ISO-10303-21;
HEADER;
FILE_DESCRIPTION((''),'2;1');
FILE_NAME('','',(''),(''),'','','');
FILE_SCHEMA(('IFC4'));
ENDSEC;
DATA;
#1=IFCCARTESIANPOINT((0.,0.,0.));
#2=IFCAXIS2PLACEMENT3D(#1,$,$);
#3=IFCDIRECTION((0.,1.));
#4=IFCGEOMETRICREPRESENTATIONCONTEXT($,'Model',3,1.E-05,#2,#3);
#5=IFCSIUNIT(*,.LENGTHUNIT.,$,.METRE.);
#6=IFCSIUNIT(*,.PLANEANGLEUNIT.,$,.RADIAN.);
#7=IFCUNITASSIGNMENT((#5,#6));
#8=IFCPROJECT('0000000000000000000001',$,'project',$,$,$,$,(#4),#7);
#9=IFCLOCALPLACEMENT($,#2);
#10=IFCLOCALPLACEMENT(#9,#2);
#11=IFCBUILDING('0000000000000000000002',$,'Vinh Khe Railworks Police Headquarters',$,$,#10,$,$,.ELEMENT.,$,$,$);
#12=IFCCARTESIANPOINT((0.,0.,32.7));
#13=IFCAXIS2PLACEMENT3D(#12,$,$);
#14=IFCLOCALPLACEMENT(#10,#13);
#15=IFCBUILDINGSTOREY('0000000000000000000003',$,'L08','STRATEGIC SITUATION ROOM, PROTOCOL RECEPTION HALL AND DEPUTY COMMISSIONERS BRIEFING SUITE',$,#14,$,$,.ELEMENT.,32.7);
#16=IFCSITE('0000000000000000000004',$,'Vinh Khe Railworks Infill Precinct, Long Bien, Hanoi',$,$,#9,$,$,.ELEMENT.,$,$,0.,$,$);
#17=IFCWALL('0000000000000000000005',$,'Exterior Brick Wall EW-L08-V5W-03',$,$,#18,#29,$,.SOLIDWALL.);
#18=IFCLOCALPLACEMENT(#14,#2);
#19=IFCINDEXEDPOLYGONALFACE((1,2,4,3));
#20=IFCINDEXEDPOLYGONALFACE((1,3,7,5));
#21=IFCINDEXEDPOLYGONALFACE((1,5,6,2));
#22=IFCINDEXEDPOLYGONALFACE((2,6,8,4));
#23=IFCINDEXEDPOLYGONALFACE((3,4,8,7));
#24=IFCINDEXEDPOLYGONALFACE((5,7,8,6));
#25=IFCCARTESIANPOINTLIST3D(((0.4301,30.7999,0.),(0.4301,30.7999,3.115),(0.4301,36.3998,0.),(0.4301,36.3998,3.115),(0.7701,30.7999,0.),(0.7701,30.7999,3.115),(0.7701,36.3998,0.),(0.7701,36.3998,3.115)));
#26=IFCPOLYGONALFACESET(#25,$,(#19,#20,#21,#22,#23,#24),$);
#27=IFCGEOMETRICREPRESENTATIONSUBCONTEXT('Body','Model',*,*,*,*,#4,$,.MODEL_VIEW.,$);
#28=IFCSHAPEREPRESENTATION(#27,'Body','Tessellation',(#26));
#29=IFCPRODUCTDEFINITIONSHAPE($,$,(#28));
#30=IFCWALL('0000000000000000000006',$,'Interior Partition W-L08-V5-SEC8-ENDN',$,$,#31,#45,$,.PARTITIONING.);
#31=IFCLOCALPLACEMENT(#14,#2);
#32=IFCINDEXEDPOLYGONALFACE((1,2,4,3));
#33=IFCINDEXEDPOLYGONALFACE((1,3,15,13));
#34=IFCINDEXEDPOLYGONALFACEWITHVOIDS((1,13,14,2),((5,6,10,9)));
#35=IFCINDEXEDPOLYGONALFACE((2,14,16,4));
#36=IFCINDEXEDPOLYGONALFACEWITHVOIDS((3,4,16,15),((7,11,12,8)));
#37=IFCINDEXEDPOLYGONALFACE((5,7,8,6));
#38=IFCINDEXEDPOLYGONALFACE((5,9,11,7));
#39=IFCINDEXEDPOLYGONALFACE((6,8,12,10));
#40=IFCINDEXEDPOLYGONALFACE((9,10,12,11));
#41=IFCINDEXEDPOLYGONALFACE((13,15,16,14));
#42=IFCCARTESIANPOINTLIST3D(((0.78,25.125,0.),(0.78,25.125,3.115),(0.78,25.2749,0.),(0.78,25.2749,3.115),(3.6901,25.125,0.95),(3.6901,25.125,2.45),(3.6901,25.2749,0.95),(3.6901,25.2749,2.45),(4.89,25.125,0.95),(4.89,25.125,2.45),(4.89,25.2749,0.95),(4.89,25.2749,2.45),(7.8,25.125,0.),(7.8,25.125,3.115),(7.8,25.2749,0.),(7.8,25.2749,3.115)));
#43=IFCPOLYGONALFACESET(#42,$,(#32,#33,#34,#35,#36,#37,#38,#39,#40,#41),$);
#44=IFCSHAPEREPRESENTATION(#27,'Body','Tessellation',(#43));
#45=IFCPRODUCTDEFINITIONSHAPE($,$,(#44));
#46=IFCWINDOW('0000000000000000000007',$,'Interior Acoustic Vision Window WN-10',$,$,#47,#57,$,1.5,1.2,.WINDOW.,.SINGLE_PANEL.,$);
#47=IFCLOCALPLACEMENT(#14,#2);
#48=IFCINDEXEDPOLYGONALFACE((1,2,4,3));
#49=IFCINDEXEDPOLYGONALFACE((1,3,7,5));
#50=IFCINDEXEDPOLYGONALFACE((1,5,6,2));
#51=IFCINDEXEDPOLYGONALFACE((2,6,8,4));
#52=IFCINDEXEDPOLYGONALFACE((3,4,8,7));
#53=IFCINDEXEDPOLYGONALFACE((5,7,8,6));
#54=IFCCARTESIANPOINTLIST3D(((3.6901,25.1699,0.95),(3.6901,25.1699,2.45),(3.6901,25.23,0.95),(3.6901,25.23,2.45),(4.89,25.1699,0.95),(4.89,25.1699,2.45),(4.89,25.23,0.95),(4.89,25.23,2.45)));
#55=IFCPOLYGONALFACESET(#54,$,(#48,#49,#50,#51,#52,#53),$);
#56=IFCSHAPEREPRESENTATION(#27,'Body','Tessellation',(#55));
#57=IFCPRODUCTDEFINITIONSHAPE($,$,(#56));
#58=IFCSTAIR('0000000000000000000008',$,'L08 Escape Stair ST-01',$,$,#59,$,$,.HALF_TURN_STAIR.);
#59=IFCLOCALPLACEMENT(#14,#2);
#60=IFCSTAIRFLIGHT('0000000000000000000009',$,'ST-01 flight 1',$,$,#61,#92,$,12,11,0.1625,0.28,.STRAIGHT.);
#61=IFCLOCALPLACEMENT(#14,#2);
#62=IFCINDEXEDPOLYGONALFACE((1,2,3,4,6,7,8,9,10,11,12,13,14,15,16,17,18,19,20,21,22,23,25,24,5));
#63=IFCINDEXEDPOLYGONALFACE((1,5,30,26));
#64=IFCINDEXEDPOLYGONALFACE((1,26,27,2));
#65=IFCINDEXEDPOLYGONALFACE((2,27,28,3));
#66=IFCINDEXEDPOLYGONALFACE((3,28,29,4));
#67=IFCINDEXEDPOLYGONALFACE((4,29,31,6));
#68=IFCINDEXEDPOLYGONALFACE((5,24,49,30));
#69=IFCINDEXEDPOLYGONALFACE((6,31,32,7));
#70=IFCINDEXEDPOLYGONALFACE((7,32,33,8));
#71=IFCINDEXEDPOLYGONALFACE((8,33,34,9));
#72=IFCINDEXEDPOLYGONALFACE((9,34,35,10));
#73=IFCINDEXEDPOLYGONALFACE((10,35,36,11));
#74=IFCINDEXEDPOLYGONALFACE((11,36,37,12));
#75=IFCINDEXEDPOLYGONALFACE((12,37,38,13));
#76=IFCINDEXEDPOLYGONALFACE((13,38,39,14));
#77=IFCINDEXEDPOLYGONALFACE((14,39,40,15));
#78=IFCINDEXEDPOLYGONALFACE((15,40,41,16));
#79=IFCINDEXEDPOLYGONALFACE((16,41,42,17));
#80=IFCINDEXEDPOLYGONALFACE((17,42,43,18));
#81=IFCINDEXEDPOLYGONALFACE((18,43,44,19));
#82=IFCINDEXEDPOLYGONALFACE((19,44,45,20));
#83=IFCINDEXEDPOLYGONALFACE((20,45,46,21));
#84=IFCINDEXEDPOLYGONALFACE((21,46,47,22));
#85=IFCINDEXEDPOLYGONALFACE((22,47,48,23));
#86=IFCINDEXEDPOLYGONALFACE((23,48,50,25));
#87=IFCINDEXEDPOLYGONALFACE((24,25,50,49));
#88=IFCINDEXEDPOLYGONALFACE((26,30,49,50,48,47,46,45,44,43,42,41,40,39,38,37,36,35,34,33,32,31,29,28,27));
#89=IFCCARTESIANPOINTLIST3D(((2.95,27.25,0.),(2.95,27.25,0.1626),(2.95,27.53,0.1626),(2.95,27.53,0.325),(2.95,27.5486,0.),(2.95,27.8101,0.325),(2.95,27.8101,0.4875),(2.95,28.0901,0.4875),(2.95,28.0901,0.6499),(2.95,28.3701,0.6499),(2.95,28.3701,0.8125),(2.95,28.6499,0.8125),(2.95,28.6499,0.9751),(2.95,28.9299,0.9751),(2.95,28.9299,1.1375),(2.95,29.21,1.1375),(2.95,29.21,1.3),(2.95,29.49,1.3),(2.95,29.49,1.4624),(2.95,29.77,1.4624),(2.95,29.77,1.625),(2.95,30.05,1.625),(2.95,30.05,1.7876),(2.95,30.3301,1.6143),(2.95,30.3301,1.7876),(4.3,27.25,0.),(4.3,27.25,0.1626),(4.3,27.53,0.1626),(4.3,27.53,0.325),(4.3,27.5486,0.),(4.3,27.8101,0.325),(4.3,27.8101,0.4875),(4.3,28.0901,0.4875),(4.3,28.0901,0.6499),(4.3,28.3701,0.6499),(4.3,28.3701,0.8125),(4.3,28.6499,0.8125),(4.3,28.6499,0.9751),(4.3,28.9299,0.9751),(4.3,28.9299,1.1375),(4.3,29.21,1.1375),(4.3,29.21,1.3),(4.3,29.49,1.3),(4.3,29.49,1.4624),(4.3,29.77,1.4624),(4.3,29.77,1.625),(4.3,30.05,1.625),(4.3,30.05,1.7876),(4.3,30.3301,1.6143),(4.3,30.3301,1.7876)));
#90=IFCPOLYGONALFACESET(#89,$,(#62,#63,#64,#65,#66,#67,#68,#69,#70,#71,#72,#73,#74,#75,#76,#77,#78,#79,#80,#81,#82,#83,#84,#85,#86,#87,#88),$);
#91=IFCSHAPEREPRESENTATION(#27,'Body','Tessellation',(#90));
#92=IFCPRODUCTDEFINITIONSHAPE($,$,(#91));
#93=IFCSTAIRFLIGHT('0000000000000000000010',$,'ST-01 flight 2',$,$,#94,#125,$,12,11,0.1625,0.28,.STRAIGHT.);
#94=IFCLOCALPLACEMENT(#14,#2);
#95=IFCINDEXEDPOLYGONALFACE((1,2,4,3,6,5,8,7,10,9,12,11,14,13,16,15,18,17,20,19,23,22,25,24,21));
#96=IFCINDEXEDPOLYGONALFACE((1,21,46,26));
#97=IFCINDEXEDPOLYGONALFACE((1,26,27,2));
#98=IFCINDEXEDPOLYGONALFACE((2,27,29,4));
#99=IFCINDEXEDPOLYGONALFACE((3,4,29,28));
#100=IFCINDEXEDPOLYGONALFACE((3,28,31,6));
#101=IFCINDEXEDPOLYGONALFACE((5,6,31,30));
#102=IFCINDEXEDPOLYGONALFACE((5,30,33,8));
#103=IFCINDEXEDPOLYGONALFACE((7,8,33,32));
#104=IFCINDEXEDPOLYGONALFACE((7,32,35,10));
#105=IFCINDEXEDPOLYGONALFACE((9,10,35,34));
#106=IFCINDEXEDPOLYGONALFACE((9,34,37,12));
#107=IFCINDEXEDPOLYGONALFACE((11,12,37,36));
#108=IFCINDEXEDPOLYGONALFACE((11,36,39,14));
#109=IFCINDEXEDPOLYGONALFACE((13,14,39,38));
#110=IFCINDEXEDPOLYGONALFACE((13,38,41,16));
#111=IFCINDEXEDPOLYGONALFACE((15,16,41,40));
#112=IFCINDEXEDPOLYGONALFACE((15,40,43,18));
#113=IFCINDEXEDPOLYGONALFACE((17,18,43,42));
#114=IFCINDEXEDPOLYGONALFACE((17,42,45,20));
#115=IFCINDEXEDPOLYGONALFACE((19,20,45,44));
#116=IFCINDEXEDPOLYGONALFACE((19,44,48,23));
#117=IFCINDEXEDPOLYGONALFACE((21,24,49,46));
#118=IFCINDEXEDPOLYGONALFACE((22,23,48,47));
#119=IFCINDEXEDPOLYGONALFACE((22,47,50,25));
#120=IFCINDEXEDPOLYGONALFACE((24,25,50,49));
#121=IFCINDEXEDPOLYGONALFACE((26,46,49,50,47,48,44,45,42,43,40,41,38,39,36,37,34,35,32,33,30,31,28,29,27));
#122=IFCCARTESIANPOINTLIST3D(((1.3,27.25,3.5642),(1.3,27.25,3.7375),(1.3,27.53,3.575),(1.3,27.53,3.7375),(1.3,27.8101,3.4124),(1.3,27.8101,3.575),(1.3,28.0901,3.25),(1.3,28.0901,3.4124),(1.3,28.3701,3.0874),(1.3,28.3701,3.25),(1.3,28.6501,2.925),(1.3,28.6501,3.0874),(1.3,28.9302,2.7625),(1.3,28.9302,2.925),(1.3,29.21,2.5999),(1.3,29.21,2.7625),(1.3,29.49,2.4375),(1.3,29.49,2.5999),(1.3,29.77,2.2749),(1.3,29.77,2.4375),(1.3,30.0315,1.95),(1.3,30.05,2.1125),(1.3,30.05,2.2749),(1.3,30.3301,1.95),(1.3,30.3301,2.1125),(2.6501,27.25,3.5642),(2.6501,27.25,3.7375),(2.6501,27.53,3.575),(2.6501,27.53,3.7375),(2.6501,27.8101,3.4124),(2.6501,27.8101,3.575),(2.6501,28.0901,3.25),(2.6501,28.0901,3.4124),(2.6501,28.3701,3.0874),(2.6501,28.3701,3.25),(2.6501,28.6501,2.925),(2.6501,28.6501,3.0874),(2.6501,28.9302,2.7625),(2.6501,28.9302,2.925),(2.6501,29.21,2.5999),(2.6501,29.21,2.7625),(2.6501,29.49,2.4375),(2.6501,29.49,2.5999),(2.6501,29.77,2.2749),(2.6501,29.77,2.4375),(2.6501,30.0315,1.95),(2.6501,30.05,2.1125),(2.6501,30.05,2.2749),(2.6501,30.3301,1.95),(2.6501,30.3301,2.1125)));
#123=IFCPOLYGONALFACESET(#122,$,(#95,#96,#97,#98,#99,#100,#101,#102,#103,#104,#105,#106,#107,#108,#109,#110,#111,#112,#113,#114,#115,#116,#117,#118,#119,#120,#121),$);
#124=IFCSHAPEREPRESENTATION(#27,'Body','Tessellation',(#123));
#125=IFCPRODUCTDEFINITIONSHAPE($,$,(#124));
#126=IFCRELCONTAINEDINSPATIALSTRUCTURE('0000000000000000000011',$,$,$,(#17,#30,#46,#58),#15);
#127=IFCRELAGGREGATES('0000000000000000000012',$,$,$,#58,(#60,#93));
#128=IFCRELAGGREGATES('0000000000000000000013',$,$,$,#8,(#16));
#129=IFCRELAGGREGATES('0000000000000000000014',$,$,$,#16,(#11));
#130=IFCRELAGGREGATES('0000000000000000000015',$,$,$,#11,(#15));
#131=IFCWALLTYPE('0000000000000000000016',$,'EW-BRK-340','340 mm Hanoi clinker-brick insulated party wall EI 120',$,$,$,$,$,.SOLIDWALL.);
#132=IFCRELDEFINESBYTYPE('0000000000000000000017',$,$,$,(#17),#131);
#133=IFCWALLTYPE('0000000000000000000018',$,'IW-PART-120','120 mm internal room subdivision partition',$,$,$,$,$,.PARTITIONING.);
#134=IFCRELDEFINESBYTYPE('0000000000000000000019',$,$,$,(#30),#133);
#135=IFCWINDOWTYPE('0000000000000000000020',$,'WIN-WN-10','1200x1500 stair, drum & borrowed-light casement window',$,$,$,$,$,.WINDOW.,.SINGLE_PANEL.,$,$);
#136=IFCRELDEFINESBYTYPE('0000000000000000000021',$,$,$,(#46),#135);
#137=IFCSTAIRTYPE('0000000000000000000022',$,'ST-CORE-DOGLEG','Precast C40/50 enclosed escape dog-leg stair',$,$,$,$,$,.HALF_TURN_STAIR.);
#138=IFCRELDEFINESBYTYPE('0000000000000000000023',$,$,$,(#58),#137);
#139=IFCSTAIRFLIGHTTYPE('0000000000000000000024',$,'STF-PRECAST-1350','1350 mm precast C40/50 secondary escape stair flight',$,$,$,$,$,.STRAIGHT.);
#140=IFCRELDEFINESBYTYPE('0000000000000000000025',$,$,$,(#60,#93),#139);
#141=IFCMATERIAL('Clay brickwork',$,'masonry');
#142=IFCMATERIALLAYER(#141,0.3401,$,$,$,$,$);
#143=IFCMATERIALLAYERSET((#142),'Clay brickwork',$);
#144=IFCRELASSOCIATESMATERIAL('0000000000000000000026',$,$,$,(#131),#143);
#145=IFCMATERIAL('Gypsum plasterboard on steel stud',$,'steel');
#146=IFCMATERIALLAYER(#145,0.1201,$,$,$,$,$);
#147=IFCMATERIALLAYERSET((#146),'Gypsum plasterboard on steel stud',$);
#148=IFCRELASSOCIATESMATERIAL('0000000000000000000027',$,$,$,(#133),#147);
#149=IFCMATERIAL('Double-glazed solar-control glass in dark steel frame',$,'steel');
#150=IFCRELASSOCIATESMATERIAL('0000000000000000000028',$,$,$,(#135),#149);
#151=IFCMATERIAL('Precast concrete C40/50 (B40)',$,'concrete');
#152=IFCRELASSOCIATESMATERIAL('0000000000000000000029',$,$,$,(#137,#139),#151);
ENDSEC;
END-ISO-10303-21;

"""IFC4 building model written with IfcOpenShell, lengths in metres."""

from ifc_helpers import new_model, si_unit, direction, frame, frame_2d, origin, place, context, subcontext, project, spatial, polyline, rectangle, outline, extrude, material, layer, layer_set, type_object, element, fill, aggregate, save


model = new_model("IFC4")

# Units and contexts
model_context = context("Model", 3, precision=1e-05, world=origin(), true_north=direction((0.0, 1.0)))
body_context = subcontext(model_context, "Body", "Model", "MODEL_VIEW")
ifc_project = project(units=[si_unit("LENGTHUNIT", "METRE"), si_unit("PLANEANGLEUNIT", "RADIAN")], contexts=[model_context])

# Site, building, storey
site_placement = place(None, origin())
site = spatial("IfcSite", under=ifc_project, at=site_placement, Name="Vinh Khe Railworks Infill Precinct, Long Bien, Hanoi", CompositionType="ELEMENT", RefElevation=0.0)
building_placement = place(site_placement, origin())
building = spatial("IfcBuilding", under=site, at=building_placement, Name="Vinh Khe Railworks Police Headquarters", CompositionType="ELEMENT")
storey_placement = place(building_placement, frame((0.0, 0.0, 32.7)))
storey = spatial("IfcBuildingStorey", under=building, at=storey_placement, Name="L08", Description="STRATEGIC SITUATION ROOM, PROTOCOL RECEPTION HALL AND DEPUTY COMMISSIONERS BRIEFING SUITE", CompositionType="ELEMENT", Elevation=32.7)

# Wall
ifc_material_1 = material(Name="Clay brickwork", Category="masonry")
ifc_layer_1 = layer(ifc_material_1, 0.3401)
ifc_layer_set_1 = layer_set([ifc_layer_1], Name="Clay brickwork")
wall_type_1 = type_object("IfcWallType", Name="EW-BRK-340", Description="340 mm Hanoi clinker-brick insulated party wall EI 120", PredefinedType="SOLIDWALL", material=ifc_layer_set_1)
wall_1_placement = place(storey_placement, frame((0.6001, 30.8, 0.0), z_axis=(0.0, 0.0, 1.0), x_axis=(0.0, 1.0, 0.0)))
element("IfcWall", 1, at=wall_1_placement, inside=storey, type_object=wall_type_1, Name="Exterior Brick Wall EW-L08-V5W-03", PredefinedType="SOLIDWALL", context=body_context, shape_type="SweptSolid", body=[
    extrude(rectangle(XDim=5.5999, YDim=0.3401, at=frame_2d((2.7998, 0.0))), origin(), (0.0, 0.0, 1.0), 3.115),
])

# Wall, opening, window
ifc_material_2 = material(Name="Gypsum plasterboard on steel stud", Category="steel")
ifc_layer_2 = layer(ifc_material_2, 0.1201)
ifc_layer_set_2 = layer_set([ifc_layer_2], Name="Gypsum plasterboard on steel stud")
wall_type_2 = type_object("IfcWallType", Name="IW-PART-120", Description="120 mm internal room subdivision partition", PredefinedType="PARTITIONING", material=ifc_layer_set_2)
wall_2_placement = place(storey_placement, frame((0.78, 25.2, 0.0), z_axis=(0.0, 0.0, 1.0), x_axis=(1.0, 0.0, 0.0)))
wall_2 = element("IfcWall", 2, at=wall_2_placement, inside=storey, type_object=wall_type_2, Name="Interior Partition W-L08-V5-SEC8-ENDN", PredefinedType="PARTITIONING", context=body_context, shape_type="SweptSolid", body=[
    extrude(rectangle(XDim=7.02, YDim=0.1499, at=frame_2d((3.51, 0.0))), origin(), (0.0, 0.0, 1.0), 3.115),
])
opening_placement = place(wall_2_placement, frame((2.9099, 0.0, 0.95)))
opening = element("IfcOpeningElement", 3, at=opening_placement, cuts=wall_2, PredefinedType="OPENING", context=body_context, shape_type="SweptSolid", body=[
    extrude(rectangle(XDim=1.2, YDim=1.5, at=frame_2d((0.6001, 0.75))), frame((0.0, 0.0898, 0.0), z_axis=(0.0, -1.0, 0.0), x_axis=(1.0, 0.0, 0.0)), (0.0, 0.0, 1.0), 0.1797),
])
ifc_material_3 = material(Name="Double-glazed solar-control glass in dark steel frame", Category="steel")
window_type = type_object("IfcWindowType", Name="WIN-WN-10", Description="1200x1500 stair, drum & borrowed-light casement window", PartitioningType="SINGLE_PANEL", PredefinedType="WINDOW", material=ifc_material_3)
window_placement = place(opening_placement, origin())
window = element("IfcWindow", 4, at=window_placement, inside=storey, type_object=window_type, Name="Interior Acoustic Vision Window WN-10", OverallHeight=1.5, OverallWidth=1.2, PartitioningType="SINGLE_PANEL", PredefinedType="WINDOW", context=body_context, shape_type="SweptSolid", body=[
    extrude(rectangle(XDim=1.2, YDim=1.5, at=frame_2d((0.6001, 0.75))), frame((0.0, 0.03, 0.0), z_axis=(0.0, -1.0, 0.0), x_axis=(1.0, 0.0, 0.0)), (0.0, 0.0, 1.0), 0.0601),
])
fill(opening, window)

# Stair, stair flights
ifc_material_4 = material(Name="Precast concrete C40/50 (B40)", Category="concrete")
stair_type = type_object("IfcStairType", Name="ST-CORE-DOGLEG", Description="Precast C40/50 enclosed escape dog-leg stair", PredefinedType="HALF_TURN_STAIR", material=ifc_material_4)
stair_placement = place(storey_placement, origin())
stair = element("IfcStair", 5, at=stair_placement, inside=storey, type_object=stair_type, Name="L08 Escape Stair ST-01", PredefinedType="HALF_TURN_STAIR")
stair_flight_type = type_object("IfcStairFlightType", Name="STF-PRECAST-1350", Description="1350 mm precast C40/50 secondary escape stair flight", PredefinedType="STRAIGHT", material=ifc_material_4)
stair_flight_1_placement = place(storey_placement, frame((3.625, 27.25, 0.0), z_axis=(0.0, 0.0, 1.0), x_axis=(0.0, 1.0, 0.0)))
stair_flight_1 = element("IfcStairFlight", 6, at=stair_flight_1_placement, type_object=stair_flight_type, Name="ST-01 flight 1", NumberOfRisers=12, NumberOfTreads=11, PredefinedType="STRAIGHT", RiserHeight=0.1625, TreadLength=0.28, context=body_context, shape_type="SweptSolid", body=[
    extrude(outline(polyline([(0.0, 0.0), (0.0, 0.1626), (0.28, 0.1626), (0.28, 0.325), (0.5601, 0.325), (0.5601, 0.4875), (0.8401, 0.4875), (0.8401, 0.6499), (1.1201, 0.6499), (1.1201, 0.8125), (1.3999, 0.8125), (1.3999, 0.9751), (1.6799, 0.9751), (1.6799, 1.1375), (1.96, 1.1375), (1.96, 1.3), (2.24, 1.3), (2.24, 1.4624), (2.52, 1.4624), (2.52, 1.625), (2.8, 1.625), (2.8, 1.7876), (3.0801, 1.7876), (3.0801, 1.95), (3.0801, 1.6143), (0.2986, 0.0), (0.0, 0.0)])), frame((0.0, 0.675, 0.0), z_axis=(0.0, -1.0, 0.0), x_axis=(1.0, 0.0, 0.0)), (0.0, 0.0, 1.0), 1.3501),
])
stair_flight_2_placement = place(storey_placement, frame((1.9751, 30.3301, 1.95), z_axis=(0.0, 0.0, 1.0), x_axis=(0.0, -1.0, 0.0)))
stair_flight_2 = element("IfcStairFlight", 7, at=stair_flight_2_placement, type_object=stair_flight_type, Name="ST-01 flight 2", NumberOfRisers=12, NumberOfTreads=11, PredefinedType="STRAIGHT", RiserHeight=0.1625, TreadLength=0.28, context=body_context, shape_type="SweptSolid", body=[
    extrude(outline(polyline([(0.0, 0.0), (0.0, 0.1626), (0.28, 0.1626), (0.28, 0.325), (0.5601, 0.325), (0.5601, 0.4875), (0.8401, 0.4875), (0.8401, 0.6499), (1.1201, 0.6499), (1.1201, 0.8125), (1.3999, 0.8125), (1.3999, 0.9751), (1.6799, 0.9751), (1.6799, 1.1375), (1.96, 1.1375), (1.96, 1.3), (2.24, 1.3), (2.24, 1.4624), (2.52, 1.4624), (2.52, 1.625), (2.8, 1.625), (2.8, 1.7876), (3.0801, 1.7876), (3.0801, 1.95), (3.0801, 1.6143), (0.2986, 0.0), (0.0, 0.0)])), frame((0.0, 0.675, 0.0), z_axis=(0.0, -1.0, 0.0), x_axis=(1.0, 0.0, 0.0)), (0.0, 0.0, 1.0), 1.3501),
])
aggregate(stair, [stair_flight_1, stair_flight_2])

save(model, "model.ifc")
